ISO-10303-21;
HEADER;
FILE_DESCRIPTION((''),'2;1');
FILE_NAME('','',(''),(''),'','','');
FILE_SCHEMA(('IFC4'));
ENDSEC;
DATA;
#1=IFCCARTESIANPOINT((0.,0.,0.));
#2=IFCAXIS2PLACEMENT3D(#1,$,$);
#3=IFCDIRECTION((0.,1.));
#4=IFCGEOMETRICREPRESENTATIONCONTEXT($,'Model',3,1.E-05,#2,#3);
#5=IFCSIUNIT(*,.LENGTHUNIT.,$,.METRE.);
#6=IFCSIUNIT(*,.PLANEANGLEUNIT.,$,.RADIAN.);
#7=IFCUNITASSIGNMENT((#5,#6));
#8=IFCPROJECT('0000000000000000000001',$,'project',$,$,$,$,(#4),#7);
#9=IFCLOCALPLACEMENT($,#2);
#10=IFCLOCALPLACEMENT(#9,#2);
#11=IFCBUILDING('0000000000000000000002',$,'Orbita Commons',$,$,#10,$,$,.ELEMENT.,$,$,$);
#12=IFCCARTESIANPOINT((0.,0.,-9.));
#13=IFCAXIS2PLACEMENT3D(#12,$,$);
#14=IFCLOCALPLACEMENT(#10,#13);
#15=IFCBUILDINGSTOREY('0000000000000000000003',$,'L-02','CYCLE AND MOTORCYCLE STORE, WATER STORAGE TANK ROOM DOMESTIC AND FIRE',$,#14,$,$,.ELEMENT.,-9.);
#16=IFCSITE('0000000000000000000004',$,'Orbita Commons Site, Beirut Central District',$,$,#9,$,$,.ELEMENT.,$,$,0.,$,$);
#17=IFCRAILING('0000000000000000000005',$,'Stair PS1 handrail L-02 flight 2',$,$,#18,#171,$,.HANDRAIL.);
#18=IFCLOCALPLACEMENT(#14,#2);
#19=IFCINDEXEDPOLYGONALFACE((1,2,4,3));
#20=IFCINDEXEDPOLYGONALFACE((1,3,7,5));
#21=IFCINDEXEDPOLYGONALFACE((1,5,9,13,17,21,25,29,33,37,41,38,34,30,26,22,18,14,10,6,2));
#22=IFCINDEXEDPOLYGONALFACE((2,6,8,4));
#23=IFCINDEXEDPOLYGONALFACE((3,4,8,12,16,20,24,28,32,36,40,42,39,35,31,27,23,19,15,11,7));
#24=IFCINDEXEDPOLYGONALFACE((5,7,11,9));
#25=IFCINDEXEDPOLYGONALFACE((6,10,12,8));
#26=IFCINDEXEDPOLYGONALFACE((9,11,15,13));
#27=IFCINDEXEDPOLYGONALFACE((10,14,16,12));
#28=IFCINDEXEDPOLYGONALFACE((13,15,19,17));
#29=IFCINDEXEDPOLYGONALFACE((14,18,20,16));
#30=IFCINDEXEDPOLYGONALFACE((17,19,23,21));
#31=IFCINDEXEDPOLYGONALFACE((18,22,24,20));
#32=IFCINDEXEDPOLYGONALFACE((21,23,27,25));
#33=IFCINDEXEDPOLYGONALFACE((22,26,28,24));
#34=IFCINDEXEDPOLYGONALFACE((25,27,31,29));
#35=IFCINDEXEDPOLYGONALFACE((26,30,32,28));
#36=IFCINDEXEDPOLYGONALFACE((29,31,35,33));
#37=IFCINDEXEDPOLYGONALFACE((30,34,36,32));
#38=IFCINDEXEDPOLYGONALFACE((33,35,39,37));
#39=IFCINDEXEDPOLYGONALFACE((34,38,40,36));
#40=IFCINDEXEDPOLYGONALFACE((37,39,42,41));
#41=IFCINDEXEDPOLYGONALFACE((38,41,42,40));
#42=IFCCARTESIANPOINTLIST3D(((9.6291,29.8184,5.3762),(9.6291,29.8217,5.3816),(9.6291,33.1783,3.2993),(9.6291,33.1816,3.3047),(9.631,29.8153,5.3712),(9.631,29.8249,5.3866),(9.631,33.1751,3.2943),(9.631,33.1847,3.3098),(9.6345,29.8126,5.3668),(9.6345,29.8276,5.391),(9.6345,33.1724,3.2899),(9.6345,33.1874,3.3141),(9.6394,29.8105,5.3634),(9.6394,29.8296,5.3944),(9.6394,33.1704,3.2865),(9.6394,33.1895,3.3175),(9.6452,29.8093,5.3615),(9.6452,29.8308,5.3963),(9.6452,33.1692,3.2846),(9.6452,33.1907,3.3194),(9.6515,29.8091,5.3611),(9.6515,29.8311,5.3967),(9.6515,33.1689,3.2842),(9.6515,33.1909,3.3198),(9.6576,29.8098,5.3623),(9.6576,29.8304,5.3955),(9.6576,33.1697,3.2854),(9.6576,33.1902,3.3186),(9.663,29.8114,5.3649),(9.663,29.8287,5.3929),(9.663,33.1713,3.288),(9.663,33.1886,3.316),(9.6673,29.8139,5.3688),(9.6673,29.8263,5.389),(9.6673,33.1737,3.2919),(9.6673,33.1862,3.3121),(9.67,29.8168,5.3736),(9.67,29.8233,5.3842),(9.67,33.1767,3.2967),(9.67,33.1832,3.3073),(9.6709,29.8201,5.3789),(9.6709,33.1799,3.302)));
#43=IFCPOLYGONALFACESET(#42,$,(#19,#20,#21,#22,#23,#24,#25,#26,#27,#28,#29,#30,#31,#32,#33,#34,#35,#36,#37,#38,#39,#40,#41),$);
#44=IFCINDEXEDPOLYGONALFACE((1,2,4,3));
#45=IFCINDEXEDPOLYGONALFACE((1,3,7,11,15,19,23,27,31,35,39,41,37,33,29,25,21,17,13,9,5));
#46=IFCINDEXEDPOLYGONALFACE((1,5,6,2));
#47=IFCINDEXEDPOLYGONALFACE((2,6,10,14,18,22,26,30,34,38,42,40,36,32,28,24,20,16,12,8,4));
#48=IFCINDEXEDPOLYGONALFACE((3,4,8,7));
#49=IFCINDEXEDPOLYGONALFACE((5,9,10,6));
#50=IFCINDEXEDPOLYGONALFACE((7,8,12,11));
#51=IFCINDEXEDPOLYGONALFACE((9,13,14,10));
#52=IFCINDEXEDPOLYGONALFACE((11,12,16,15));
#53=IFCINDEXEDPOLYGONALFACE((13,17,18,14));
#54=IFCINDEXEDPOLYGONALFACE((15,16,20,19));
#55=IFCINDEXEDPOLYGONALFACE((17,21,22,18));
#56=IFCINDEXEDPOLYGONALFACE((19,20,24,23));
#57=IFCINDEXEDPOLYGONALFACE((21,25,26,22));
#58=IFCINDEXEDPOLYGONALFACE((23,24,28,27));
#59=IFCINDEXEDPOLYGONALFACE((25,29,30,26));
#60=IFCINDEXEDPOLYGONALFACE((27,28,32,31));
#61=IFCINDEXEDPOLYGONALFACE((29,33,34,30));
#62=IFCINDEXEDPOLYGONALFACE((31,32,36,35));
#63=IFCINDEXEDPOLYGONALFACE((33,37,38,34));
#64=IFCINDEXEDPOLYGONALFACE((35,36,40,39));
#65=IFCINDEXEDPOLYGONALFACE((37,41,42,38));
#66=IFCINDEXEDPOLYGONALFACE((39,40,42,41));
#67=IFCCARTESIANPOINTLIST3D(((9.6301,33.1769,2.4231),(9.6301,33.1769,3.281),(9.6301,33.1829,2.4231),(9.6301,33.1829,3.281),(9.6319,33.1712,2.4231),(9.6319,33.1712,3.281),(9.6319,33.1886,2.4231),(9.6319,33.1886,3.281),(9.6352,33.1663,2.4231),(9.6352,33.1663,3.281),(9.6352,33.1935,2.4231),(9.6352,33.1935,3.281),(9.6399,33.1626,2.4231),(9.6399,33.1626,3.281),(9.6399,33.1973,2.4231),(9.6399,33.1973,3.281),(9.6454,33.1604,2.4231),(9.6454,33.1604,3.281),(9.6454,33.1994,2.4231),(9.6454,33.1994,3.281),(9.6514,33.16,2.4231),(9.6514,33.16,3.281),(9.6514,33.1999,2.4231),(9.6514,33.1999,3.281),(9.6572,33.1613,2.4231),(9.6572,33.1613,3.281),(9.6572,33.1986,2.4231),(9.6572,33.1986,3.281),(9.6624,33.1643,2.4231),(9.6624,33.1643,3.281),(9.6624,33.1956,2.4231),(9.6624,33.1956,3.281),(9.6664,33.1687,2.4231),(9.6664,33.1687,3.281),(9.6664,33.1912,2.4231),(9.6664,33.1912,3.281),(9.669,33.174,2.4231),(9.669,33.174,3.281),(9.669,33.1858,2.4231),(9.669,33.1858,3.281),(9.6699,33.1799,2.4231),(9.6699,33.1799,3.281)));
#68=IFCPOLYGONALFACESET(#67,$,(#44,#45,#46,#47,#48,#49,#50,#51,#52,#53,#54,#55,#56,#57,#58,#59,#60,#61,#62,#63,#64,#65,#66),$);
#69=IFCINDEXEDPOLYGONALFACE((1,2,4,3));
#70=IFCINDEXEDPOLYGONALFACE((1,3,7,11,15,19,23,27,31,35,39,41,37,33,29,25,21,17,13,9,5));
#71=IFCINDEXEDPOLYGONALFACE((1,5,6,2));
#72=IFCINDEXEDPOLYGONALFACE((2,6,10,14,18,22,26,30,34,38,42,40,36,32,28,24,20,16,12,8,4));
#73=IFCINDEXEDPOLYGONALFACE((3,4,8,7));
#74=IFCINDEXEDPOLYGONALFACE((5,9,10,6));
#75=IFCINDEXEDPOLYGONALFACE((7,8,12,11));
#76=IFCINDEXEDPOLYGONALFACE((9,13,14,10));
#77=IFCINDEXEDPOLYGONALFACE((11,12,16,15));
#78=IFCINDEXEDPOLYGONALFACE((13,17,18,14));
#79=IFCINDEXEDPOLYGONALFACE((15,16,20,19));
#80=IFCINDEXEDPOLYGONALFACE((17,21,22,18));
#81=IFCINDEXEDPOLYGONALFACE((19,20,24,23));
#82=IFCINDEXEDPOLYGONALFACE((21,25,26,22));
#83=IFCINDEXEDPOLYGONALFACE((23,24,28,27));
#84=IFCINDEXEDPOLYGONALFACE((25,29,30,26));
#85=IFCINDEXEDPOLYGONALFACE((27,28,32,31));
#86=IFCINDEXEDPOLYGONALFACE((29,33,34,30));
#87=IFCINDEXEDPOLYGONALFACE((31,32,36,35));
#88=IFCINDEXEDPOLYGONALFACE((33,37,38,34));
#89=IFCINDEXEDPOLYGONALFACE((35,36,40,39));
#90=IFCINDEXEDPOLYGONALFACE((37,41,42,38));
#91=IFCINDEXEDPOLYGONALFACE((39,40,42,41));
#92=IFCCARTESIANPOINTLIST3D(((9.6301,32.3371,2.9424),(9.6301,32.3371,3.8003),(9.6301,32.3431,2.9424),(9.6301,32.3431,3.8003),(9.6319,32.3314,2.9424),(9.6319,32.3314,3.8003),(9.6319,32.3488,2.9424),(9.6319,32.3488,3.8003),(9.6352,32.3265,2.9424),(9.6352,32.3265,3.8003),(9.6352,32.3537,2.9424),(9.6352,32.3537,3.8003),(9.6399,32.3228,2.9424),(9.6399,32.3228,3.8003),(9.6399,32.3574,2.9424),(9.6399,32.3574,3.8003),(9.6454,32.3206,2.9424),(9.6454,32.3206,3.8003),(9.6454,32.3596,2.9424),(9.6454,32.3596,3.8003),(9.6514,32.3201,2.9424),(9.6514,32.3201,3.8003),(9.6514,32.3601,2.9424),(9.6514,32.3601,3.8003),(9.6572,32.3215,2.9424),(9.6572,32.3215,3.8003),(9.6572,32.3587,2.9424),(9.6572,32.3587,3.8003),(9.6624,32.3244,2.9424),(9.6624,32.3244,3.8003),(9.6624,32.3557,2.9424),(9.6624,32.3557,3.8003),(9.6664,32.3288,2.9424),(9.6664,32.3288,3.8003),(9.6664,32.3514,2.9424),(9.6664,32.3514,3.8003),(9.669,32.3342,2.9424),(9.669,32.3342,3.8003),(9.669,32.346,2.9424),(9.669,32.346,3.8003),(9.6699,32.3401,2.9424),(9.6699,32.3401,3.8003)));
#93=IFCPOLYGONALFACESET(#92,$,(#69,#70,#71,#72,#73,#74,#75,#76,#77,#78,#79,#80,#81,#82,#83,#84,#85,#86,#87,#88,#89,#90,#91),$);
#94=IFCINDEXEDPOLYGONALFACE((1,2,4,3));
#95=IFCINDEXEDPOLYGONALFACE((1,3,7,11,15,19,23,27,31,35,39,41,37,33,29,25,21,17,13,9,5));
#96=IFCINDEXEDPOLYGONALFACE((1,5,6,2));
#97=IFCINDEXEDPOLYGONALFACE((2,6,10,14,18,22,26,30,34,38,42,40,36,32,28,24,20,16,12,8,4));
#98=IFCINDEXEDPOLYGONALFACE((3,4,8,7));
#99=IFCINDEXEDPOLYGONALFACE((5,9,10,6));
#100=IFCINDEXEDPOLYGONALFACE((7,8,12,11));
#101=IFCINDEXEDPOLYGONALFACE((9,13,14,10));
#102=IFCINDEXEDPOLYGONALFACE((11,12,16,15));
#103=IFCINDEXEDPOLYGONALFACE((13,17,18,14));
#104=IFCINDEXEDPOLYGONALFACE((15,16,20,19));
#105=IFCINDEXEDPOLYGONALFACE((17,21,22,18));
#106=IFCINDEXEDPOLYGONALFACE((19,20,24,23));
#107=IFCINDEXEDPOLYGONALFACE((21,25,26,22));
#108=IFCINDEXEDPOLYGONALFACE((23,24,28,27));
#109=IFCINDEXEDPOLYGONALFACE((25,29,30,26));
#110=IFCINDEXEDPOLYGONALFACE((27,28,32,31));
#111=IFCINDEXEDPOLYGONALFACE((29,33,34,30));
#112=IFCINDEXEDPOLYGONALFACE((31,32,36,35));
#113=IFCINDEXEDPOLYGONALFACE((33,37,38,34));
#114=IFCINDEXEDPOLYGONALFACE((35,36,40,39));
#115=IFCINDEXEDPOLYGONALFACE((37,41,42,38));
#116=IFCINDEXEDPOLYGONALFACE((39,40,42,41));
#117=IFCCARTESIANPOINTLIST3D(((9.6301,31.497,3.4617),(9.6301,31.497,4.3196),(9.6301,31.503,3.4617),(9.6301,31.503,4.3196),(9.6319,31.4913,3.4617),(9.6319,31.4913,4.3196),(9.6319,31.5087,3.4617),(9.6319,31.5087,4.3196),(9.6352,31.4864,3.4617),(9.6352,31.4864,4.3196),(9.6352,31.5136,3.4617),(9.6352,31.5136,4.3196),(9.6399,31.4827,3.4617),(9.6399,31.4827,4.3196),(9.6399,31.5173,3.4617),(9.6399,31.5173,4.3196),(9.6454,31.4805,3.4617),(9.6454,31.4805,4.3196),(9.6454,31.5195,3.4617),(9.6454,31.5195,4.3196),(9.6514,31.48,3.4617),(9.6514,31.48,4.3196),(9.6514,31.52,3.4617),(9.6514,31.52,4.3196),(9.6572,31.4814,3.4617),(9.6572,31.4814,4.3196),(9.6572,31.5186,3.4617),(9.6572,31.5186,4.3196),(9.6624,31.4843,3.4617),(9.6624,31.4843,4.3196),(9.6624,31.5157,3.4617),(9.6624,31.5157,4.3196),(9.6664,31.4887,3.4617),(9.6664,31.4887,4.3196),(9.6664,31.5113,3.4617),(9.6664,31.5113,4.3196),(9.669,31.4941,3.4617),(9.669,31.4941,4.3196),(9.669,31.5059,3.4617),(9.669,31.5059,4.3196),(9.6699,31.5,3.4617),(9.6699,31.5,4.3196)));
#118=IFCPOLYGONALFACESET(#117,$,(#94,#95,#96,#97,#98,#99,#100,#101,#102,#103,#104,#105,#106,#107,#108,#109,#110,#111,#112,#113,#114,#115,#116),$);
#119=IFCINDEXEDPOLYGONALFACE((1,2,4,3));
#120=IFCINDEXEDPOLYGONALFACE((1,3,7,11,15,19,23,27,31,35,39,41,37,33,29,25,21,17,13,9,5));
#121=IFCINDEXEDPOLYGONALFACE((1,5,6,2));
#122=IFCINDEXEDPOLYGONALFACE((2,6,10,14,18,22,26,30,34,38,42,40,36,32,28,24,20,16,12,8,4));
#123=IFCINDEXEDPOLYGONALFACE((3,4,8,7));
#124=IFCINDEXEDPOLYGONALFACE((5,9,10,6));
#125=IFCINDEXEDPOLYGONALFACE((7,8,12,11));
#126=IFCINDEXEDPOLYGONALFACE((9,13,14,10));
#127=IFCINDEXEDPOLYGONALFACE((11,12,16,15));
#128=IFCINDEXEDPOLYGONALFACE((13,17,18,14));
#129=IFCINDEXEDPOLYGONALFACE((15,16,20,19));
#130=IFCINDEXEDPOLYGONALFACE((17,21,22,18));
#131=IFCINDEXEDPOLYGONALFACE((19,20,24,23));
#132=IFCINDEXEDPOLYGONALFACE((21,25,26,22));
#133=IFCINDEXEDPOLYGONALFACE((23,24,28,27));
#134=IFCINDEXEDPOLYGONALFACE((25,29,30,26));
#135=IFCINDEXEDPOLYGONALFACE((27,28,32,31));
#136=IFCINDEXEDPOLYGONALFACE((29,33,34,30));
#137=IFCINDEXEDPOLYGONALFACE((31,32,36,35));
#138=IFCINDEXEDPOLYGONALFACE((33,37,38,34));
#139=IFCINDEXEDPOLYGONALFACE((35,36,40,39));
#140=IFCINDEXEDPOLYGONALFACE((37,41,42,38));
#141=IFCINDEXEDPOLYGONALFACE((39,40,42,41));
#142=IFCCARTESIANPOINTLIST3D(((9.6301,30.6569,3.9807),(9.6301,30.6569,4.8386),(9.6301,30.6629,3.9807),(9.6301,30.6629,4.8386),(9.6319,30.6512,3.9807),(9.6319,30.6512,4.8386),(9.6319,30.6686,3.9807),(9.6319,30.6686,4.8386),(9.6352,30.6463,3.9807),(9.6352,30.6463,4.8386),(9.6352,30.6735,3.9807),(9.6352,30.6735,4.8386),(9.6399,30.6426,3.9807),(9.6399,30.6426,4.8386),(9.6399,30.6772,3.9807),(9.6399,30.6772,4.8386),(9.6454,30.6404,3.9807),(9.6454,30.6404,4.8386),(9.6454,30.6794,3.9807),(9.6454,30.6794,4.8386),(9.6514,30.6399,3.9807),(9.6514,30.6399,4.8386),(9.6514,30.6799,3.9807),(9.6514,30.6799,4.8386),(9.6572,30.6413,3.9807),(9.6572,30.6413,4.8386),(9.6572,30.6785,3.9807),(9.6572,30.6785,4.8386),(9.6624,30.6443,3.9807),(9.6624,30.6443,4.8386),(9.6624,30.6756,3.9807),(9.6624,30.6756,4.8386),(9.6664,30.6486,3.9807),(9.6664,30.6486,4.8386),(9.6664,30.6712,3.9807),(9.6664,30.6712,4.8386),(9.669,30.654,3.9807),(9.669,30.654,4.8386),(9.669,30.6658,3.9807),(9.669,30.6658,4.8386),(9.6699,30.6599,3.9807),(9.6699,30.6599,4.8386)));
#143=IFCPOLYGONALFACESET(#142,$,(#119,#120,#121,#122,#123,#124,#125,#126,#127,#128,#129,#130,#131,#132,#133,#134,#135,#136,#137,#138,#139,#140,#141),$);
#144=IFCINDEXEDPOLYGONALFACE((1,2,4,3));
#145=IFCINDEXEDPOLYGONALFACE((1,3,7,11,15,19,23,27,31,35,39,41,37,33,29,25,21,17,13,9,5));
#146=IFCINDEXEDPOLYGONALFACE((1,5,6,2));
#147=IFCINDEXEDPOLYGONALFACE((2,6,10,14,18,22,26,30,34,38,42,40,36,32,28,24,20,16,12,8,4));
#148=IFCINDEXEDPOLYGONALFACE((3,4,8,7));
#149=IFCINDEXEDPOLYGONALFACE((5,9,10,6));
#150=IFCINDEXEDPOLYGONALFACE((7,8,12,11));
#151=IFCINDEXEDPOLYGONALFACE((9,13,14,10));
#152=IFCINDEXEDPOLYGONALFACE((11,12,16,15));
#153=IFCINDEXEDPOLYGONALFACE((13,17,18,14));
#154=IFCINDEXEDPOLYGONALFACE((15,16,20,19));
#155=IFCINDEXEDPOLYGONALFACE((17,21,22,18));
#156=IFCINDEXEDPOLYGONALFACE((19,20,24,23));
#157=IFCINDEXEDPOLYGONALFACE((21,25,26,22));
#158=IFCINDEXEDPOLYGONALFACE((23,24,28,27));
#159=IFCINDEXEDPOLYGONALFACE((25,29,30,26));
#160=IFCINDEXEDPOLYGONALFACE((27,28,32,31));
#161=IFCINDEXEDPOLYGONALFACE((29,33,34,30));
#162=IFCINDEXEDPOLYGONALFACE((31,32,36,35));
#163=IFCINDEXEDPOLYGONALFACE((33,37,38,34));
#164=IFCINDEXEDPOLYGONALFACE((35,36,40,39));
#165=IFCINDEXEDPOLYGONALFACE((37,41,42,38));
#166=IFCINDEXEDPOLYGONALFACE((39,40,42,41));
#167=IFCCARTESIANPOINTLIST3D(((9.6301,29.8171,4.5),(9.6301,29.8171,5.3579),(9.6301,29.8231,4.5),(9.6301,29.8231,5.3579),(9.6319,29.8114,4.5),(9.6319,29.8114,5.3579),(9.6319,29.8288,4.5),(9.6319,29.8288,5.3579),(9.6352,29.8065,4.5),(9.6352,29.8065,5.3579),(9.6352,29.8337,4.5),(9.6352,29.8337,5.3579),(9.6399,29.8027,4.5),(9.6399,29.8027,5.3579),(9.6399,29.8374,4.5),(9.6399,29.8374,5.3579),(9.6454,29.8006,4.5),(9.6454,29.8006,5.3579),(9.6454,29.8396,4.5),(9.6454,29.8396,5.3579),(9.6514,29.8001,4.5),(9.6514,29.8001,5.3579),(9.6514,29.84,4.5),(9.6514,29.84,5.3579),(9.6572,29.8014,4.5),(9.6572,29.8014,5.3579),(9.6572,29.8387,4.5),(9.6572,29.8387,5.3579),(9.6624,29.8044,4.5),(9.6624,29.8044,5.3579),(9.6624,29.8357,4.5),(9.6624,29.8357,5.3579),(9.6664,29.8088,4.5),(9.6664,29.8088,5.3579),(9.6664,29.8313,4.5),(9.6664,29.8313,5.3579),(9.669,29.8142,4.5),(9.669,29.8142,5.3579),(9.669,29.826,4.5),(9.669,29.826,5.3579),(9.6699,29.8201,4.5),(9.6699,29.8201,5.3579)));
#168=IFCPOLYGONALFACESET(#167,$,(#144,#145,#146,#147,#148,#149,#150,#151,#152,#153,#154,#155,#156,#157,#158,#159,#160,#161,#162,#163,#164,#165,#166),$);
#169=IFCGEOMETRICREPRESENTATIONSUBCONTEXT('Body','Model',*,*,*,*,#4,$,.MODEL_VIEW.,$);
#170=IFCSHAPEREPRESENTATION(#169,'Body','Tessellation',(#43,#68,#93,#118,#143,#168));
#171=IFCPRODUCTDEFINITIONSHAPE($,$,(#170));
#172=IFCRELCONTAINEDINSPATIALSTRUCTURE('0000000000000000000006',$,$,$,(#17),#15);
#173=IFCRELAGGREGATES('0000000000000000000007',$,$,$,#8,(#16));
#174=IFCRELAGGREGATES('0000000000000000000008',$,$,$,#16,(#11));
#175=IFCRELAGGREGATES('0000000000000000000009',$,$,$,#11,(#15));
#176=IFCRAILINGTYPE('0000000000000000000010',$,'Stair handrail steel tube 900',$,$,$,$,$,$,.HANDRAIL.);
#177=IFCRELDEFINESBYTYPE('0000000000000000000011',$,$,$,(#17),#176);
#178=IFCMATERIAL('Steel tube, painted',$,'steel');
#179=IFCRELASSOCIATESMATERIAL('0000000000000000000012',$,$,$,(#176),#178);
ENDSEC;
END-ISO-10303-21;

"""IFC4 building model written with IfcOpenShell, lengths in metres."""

from ifc_helpers import new_model, si_unit, direction, frame, origin, origin_2d, place, context, subcontext, project, spatial, circle, extrude, material, type_object, element, save


model = new_model("IFC4")

# Units and contexts
model_context = context("Model", 3, precision=1e-05, world=origin(), true_north=direction((0.0, 1.0)))
body_context = subcontext(model_context, "Body", "Model", "MODEL_VIEW")
ifc_project = project(units=[si_unit("LENGTHUNIT", "METRE"), si_unit("PLANEANGLEUNIT", "RADIAN")], contexts=[model_context])

# Site, building, storey
site_placement = place(None, origin())
site = spatial("IfcSite", under=ifc_project, at=site_placement, Name="Orbita Commons Site, Beirut Central District", CompositionType="ELEMENT", RefElevation=0.0)
building_placement = place(site_placement, origin())
building = spatial("IfcBuilding", under=site, at=building_placement, Name="Orbita Commons", CompositionType="ELEMENT")
storey_placement = place(building_placement, frame((0.0, 0.0, -9.0)))
storey = spatial("IfcBuildingStorey", under=building, at=storey_placement, Name="L-02", Description="CYCLE AND MOTORCYCLE STORE, WATER STORAGE TANK ROOM DOMESTIC AND FIRE", CompositionType="ELEMENT", Elevation=-9.0)

# Railing
ifc_material_1 = material(Name="Steel tube, painted", Category="steel")
railing_type_1 = type_object("IfcRailingType", Name="Stair handrail steel tube 900", PredefinedType="HANDRAIL", material=ifc_material_1)
for number, where, name in (
    (1, (9.6499, 33.1799, 2.4231), "Stair PS1 handrail L-02 flight 2"),
):
    element("IfcRailing", number, at=place(storey_placement, frame(where)), inside=storey, type_object=railing_type_1, Name=name, PredefinedType="HANDRAIL", context=body_context, shape_type="SweptSolid", body=[
        extrude(circle(Radius=0.021, at=origin_2d()), frame((0.0, 0.0, 0.8789), z_axis=(0.0, -0.850606, 0.525803), x_axis=(1.0, 0.0, 0.0)), (0.0, 0.0, 1.0), 3.95),
        extrude(circle(Radius=0.02, at=origin_2d()), origin(), (0.0, 0.0, 1.0), 0.8579),
        extrude(circle(Radius=0.02, at=origin_2d()), frame((0.0, -0.8398, 0.5193)), (0.0, 0.0, 1.0), 0.8579),
        extrude(circle(Radius=0.02, at=origin_2d()), frame((0.0, -1.6799, 1.0386)), (0.0, 0.0, 1.0), 0.8579),
        extrude(circle(Radius=0.02, at=origin_2d()), frame((0.0, -2.52, 1.5576)), (0.0, 0.0, 1.0), 0.8579),
        extrude(circle(Radius=0.02, at=origin_2d()), frame((0.0, -3.3599, 2.0769)), (0.0, 0.0, 1.0), 0.8579),
    ])

save(model, "model.ifc")
